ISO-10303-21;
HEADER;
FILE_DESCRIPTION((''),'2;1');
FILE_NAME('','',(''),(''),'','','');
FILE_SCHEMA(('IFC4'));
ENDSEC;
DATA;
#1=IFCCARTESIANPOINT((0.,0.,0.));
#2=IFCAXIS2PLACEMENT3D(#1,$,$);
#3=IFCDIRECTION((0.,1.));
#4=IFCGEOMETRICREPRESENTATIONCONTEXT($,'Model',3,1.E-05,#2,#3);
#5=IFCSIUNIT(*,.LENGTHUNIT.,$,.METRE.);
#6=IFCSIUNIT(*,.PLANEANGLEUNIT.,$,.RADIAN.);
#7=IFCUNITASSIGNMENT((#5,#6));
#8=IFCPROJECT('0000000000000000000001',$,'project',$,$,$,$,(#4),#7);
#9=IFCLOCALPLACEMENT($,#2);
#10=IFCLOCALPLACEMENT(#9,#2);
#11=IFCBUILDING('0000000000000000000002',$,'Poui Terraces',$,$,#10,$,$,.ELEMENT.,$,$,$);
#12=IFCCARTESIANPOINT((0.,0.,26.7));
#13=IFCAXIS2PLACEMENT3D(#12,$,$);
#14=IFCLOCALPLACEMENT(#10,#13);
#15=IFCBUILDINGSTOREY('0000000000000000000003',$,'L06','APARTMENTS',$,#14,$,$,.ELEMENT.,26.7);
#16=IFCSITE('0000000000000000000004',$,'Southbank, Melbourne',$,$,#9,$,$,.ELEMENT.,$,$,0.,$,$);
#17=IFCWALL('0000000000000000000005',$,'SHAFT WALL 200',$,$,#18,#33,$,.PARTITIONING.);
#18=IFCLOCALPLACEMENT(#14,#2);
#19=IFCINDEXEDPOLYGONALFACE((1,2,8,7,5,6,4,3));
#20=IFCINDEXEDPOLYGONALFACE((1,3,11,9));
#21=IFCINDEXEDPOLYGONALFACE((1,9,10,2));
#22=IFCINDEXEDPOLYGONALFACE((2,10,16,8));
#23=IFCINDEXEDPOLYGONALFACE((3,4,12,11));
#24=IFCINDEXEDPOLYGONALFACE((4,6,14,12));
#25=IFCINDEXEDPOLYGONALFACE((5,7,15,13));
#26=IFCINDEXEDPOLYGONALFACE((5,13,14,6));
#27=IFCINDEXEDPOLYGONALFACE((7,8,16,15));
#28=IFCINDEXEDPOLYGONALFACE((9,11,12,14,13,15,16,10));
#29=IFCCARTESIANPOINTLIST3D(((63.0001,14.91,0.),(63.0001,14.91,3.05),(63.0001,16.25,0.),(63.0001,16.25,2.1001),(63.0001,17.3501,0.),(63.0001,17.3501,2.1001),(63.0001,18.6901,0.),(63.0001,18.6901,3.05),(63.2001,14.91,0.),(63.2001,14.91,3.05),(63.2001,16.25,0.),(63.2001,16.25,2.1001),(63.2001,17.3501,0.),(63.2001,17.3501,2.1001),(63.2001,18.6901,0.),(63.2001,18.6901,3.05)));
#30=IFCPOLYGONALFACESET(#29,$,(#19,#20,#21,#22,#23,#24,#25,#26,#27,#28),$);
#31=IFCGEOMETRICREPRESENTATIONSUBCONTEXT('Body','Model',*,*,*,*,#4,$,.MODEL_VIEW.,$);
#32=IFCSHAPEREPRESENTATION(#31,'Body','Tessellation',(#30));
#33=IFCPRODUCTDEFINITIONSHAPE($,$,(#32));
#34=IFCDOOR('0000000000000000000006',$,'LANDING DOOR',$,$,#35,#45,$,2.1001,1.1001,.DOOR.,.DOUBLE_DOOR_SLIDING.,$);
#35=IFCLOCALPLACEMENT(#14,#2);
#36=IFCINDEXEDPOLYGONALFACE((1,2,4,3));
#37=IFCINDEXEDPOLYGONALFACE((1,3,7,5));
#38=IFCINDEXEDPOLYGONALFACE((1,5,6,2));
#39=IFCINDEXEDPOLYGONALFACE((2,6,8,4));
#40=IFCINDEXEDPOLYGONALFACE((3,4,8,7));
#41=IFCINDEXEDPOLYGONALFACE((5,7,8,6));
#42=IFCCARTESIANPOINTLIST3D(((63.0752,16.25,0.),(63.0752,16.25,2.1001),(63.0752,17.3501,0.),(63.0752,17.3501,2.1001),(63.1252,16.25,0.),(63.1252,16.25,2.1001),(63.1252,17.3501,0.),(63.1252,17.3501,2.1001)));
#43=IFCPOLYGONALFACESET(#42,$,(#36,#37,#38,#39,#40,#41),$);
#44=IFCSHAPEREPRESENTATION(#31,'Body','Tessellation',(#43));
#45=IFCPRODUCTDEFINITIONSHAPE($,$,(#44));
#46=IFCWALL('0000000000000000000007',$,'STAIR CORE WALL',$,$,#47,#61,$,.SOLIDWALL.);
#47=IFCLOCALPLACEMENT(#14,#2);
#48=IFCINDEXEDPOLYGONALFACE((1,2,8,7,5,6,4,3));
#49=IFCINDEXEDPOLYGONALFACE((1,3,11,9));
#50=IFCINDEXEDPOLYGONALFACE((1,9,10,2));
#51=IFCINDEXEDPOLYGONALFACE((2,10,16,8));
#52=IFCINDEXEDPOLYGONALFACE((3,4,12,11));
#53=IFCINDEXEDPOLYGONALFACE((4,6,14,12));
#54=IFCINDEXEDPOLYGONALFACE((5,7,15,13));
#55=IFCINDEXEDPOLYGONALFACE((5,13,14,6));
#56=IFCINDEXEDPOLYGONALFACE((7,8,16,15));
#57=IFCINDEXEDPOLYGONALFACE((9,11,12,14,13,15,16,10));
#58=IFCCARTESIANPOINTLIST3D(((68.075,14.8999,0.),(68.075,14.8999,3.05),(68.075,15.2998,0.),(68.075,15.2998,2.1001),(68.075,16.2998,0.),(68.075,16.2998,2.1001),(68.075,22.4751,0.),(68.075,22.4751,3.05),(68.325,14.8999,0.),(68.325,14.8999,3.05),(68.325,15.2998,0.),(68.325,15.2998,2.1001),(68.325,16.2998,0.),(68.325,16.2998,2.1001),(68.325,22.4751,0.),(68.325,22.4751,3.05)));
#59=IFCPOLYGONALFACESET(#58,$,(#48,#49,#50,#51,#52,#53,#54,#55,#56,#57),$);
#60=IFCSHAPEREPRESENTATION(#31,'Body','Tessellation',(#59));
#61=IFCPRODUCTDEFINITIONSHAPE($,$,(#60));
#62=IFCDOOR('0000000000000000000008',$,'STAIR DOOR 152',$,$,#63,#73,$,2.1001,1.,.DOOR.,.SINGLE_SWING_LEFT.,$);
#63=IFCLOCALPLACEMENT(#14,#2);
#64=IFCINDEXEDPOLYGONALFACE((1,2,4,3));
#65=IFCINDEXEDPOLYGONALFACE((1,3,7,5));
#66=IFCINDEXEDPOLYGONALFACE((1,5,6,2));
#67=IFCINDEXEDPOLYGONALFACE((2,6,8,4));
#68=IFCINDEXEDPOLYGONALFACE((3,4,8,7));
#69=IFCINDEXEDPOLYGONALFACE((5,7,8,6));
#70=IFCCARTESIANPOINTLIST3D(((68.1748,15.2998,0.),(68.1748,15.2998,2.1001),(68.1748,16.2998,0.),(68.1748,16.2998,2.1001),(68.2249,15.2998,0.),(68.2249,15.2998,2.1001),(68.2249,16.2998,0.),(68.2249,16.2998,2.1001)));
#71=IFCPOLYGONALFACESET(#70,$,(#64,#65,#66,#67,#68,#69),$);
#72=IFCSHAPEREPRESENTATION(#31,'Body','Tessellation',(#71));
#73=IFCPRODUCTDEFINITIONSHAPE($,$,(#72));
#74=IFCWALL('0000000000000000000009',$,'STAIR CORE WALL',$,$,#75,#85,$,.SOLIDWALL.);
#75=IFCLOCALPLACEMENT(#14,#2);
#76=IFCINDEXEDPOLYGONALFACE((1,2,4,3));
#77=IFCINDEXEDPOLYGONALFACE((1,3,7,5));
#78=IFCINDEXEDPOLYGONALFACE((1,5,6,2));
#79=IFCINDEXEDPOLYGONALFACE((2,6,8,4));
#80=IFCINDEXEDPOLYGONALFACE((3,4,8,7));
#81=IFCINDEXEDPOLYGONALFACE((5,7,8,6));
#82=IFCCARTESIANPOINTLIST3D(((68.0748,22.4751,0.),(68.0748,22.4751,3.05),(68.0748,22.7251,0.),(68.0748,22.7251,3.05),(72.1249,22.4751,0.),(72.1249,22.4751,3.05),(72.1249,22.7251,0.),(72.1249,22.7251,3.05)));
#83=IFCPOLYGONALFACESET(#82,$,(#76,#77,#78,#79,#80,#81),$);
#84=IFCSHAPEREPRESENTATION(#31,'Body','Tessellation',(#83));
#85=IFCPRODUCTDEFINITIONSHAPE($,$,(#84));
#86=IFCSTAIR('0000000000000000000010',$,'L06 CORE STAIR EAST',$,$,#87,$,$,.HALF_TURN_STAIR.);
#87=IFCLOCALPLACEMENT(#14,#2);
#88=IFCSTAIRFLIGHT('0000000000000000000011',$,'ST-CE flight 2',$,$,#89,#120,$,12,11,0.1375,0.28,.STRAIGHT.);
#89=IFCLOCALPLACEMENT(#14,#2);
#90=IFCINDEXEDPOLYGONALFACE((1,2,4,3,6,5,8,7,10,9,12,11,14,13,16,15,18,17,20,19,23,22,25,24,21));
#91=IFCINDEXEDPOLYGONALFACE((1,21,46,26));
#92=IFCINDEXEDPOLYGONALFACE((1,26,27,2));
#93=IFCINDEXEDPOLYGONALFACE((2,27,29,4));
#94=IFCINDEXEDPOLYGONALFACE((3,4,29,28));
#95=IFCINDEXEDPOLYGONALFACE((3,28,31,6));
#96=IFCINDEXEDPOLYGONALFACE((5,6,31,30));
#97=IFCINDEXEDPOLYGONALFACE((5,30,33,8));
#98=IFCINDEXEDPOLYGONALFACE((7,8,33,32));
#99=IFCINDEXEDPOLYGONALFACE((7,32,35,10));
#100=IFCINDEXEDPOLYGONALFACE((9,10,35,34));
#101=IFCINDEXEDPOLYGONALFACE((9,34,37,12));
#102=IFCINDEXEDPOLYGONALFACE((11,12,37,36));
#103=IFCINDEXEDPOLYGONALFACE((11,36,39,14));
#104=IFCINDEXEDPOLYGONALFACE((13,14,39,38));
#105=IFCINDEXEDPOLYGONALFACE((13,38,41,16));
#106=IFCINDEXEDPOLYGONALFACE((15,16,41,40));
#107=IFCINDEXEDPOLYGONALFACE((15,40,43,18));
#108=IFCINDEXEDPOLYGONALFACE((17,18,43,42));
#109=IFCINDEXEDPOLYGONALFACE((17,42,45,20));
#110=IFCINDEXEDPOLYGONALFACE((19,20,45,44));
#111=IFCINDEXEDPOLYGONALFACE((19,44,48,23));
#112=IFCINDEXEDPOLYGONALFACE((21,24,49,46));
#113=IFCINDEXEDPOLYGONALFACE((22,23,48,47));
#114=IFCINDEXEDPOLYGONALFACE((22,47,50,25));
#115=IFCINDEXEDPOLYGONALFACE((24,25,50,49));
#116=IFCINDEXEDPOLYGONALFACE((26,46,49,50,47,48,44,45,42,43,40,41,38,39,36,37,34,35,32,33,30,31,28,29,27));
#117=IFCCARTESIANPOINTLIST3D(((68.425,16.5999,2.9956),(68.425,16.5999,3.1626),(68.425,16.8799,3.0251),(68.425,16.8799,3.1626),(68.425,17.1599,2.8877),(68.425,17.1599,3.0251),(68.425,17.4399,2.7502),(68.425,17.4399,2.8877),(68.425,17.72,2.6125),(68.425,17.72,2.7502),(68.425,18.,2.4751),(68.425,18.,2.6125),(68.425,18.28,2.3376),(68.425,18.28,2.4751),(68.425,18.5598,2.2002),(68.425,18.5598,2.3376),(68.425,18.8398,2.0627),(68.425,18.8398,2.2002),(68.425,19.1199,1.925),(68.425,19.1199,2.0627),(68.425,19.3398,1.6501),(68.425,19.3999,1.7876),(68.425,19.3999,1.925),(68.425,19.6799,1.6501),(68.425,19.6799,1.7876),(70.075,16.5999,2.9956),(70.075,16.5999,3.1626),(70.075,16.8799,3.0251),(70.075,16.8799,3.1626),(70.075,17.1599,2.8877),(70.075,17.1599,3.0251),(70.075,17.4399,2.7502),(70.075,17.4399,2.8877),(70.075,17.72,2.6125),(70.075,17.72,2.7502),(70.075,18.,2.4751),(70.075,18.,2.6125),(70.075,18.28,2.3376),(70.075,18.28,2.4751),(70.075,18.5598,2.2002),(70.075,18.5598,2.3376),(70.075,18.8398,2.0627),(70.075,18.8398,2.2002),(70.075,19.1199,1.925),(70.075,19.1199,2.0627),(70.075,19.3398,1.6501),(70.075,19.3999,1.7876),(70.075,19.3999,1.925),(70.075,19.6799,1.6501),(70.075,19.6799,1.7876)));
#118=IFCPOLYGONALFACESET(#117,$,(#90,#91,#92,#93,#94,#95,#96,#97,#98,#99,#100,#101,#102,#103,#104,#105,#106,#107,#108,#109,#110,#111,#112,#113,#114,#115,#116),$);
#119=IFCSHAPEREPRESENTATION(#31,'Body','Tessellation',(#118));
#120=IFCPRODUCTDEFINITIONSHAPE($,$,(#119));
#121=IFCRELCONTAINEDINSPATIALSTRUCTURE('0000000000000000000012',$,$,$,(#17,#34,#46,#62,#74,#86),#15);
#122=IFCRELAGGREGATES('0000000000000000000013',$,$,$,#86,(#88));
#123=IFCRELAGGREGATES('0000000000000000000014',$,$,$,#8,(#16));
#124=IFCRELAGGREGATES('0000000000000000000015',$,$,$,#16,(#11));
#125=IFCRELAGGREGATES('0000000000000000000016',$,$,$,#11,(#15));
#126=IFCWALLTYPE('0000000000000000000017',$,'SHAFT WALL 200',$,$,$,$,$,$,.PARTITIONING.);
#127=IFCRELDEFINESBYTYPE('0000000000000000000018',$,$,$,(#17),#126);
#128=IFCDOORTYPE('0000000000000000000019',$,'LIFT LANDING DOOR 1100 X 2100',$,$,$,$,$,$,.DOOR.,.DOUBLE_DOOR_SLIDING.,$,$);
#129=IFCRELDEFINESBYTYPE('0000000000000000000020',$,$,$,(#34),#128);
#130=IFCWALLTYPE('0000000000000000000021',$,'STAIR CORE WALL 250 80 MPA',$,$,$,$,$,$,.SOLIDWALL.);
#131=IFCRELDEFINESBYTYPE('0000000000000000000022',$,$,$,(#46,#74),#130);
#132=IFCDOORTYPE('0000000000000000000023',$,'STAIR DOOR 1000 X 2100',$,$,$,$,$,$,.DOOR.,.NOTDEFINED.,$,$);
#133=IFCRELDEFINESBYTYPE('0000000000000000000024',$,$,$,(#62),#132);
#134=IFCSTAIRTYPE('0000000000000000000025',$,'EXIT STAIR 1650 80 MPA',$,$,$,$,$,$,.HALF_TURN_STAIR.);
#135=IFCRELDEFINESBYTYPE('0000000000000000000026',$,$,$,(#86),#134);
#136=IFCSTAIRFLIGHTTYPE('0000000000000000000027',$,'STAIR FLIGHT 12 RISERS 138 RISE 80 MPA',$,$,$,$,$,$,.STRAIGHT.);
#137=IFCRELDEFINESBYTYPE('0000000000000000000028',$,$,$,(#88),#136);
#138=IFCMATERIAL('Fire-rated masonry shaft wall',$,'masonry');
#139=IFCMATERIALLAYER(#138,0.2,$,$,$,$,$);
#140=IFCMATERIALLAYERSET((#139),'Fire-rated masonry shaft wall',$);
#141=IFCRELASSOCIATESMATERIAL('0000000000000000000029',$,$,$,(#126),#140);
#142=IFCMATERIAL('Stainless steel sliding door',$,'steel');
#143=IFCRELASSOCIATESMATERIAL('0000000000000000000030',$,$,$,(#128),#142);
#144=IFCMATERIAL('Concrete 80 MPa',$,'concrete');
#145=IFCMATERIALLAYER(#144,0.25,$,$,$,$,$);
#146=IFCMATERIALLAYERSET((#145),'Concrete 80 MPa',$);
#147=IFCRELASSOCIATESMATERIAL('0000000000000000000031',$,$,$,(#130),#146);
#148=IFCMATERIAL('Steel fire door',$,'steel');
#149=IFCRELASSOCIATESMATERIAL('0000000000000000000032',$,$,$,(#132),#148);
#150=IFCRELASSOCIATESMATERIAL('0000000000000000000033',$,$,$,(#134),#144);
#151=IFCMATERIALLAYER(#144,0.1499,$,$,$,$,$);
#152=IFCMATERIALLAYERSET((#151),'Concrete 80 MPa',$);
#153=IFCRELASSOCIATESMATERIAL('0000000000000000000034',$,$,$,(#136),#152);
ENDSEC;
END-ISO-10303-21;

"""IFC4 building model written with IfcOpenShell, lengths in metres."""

from ifc_helpers import new_model, si_unit, direction, frame, frame_2d, origin, place, context, subcontext, project, spatial, polyline, rectangle, outline, extrude, material, layer, layer_set, type_object, element, fill, aggregate, save


model = new_model("IFC4")

# Units and contexts
model_context = context("Model", 3, precision=1e-05, world=origin(), true_north=direction((0.0, 1.0)))
body_context = subcontext(model_context, "Body", "Model", "MODEL_VIEW")
ifc_project = project(units=[si_unit("LENGTHUNIT", "METRE"), si_unit("PLANEANGLEUNIT", "RADIAN")], contexts=[model_context])

# Site, building, storey
site_placement = place(None, origin())
site = spatial("IfcSite", under=ifc_project, at=site_placement, Name="Southbank, Melbourne", CompositionType="ELEMENT", RefElevation=0.0)
building_placement = place(site_placement, origin())
building = spatial("IfcBuilding", under=site, at=building_placement, Name="Poui Terraces", CompositionType="ELEMENT")
storey_placement = place(building_placement, frame((0.0, 0.0, 26.7)))
storey = spatial("IfcBuildingStorey", under=building, at=storey_placement, Name="L06", Description="APARTMENTS", CompositionType="ELEMENT", Elevation=26.7)

# Shared definitions
ifc_material_1 = material(Name="Concrete 80 MPa", Category="concrete")

# Shared definitions
ifc_material_2 = material(Name="Steel fire door", Category="steel")

# Shared definitions
ifc_material_3 = material(Name="Fire-rated masonry shaft wall", Category="masonry")
ifc_layer_1 = layer(ifc_material_3, 0.2)
ifc_layer_set_1 = layer_set([ifc_layer_1], Name="Fire-rated masonry shaft wall")
wall_type_1 = type_object("IfcWallType", Name="SHAFT WALL 200", PredefinedType="PARTITIONING", material=ifc_layer_set_1)

# Walls, openings, doors
wall_1_placement = place(storey_placement, frame((63.1001, 14.9099, 0.0), z_axis=(0.0, 0.0, 1.0), x_axis=(0.0, 1.0, 0.0)))
wall_1 = element("IfcWall", 1, at=wall_1_placement, inside=storey, type_object=wall_type_1, Name="SHAFT WALL 200", PredefinedType="PARTITIONING", context=body_context, shape_type="SweptSolid", body=[
    extrude(rectangle(XDim=3.78, YDim=0.2, at=frame_2d((1.8901, 0.0))), origin(), (0.0, 0.0, 1.0), 3.05),
])
opening_1_placement = place(wall_1_placement, frame((1.3401, 0.0, 0.0)))
opening_1 = element("IfcOpeningElement", 2, at=opening_1_placement, cuts=wall_1, PredefinedType="OPENING", context=body_context, shape_type="SweptSolid", body=[
    extrude(rectangle(XDim=1.1001, YDim=2.1001, at=frame_2d((0.55, 1.05))), frame((0.0, 0.1099, 0.0), z_axis=(0.0, -1.0, 0.0), x_axis=(1.0, 0.0, 0.0)), (0.0, 0.0, 1.0), 0.22),
])
ifc_material_4 = material(Name="Stainless steel sliding door", Category="steel")
door_type_1 = type_object("IfcDoorType", Name="LIFT LANDING DOOR 1100 X 2100", OperationType="DOUBLE_DOOR_SLIDING", PredefinedType="DOOR", material=ifc_material_4)
door_1_placement = place(opening_1_placement, origin())
door_1 = element("IfcDoor", 3, at=door_1_placement, inside=storey, type_object=door_type_1, Name="LANDING DOOR", OperationType="DOUBLE_DOOR_SLIDING", OverallHeight=2.1001, OverallWidth=1.1001, PredefinedType="DOOR", context=body_context, shape_type="SweptSolid", body=[
    extrude(rectangle(XDim=1.1001, YDim=2.1001, at=frame_2d((0.55, 1.05))), frame((0.0, 0.0249, 0.0), z_axis=(0.0, -1.0, 0.0), x_axis=(1.0, 0.0, 0.0)), (0.0, 0.0, 1.0), 0.05),
])
fill(opening_1, door_1)
ifc_layer_2 = layer(ifc_material_1, 0.25)
ifc_layer_set_2 = layer_set([ifc_layer_2], Name="Concrete 80 MPa")
wall_type_2 = type_object("IfcWallType", Name="STAIR CORE WALL 250 80 MPA", PredefinedType="SOLIDWALL", material=ifc_layer_set_2)
wall_2_placement = place(storey_placement, frame((68.2, 14.8999, 0.0), z_axis=(0.0, 0.0, 1.0), x_axis=(0.0, 1.0, 0.0)))
wall_2 = element("IfcWall", 4, at=wall_2_placement, inside=storey, type_object=wall_type_2, Name="STAIR CORE WALL", PredefinedType="SOLIDWALL", context=body_context, shape_type="SweptSolid", body=[
    extrude(rectangle(XDim=7.5752, YDim=0.25, at=frame_2d((3.7876, 0.0))), origin(), (0.0, 0.0, 1.0), 3.05),
])
opening_2_placement = place(wall_2_placement, frame((0.3999, 0.0, 0.0)))
opening_2 = element("IfcOpeningElement", 5, at=opening_2_placement, cuts=wall_2, PredefinedType="OPENING", context=body_context, shape_type="SweptSolid", body=[
    extrude(rectangle(XDim=1.0, YDim=2.1001, at=frame_2d((0.5, 1.05))), frame((0.0, 0.135, 0.0), z_axis=(0.0, -1.0, 0.0), x_axis=(1.0, 0.0, 0.0)), (0.0, 0.0, 1.0), 0.27),
])
door_type_2 = type_object("IfcDoorType", Name="STAIR DOOR 1000 X 2100", OperationType="NOTDEFINED", PredefinedType="DOOR", material=ifc_material_2)
door_2_placement = place(opening_2_placement, frame((1.0, 0.0, 0.0), z_axis=(0.0, 0.0, 1.0), x_axis=(-1.0, 0.0, 0.0)))
door_2 = element("IfcDoor", 6, at=door_2_placement, inside=storey, type_object=door_type_2, Name="STAIR DOOR 152", OperationType="SINGLE_SWING_LEFT", OverallHeight=2.1001, OverallWidth=1.0, PredefinedType="DOOR", context=body_context, shape_type="SweptSolid", body=[
    extrude(rectangle(XDim=1.0, YDim=2.1001, at=frame_2d((0.5, 1.05))), frame((0.0, 0.0249, 0.0), z_axis=(0.0, -1.0, 0.0), x_axis=(1.0, 0.0, 0.0)), (0.0, 0.0, 1.0), 0.05),
])
fill(opening_2, door_2)

# Wall
wall_3_placement = place(storey_placement, frame((68.075, 22.6001, 0.0), z_axis=(0.0, 0.0, 1.0), x_axis=(1.0, 0.0, 0.0)))
element("IfcWall", 7, at=wall_3_placement, inside=storey, type_object=wall_type_2, Name="STAIR CORE WALL", PredefinedType="SOLIDWALL", context=body_context, shape_type="SweptSolid", body=[
    extrude(rectangle(XDim=4.05, YDim=0.25, at=frame_2d((2.0249, 0.0))), origin(), (0.0, 0.0, 1.0), 3.05),
])

# Stair, stair flight
stair_type = type_object("IfcStairType", Name="EXIT STAIR 1650 80 MPA", PredefinedType="HALF_TURN_STAIR", material=ifc_material_1)
stair_placement = place(storey_placement, origin())
stair = element("IfcStair", 8, at=stair_placement, inside=storey, type_object=stair_type, Name="L06 CORE STAIR EAST", PredefinedType="HALF_TURN_STAIR")
ifc_layer_3 = layer(ifc_material_1, 0.1499)
ifc_layer_set_3 = layer_set([ifc_layer_3], Name="Concrete 80 MPa")
stair_flight_type = type_object("IfcStairFlightType", Name="STAIR FLIGHT 12 RISERS 138 RISE 80 MPA", PredefinedType="STRAIGHT", material=ifc_layer_set_3)
stair_flight_placement = place(storey_placement, frame((69.25, 19.6799, 1.6501), z_axis=(0.0, 0.0, 1.0), x_axis=(0.0, -1.0, 0.0)))
stair_flight = element("IfcStairFlight", 9, at=stair_flight_placement, type_object=stair_flight_type, Name="ST-CE flight 2", NumberOfRisers=12, NumberOfTreads=11, PredefinedType="STRAIGHT", RiserHeight=0.1375, TreadLength=0.28, context=body_context, shape_type="SweptSolid", body=[
    extrude(outline(polyline([(0.0, 0.0), (0.0, 0.1375), (0.28, 0.1375), (0.28, 0.2749), (0.5601, 0.2749), (0.5601, 0.4126), (0.8401, 0.4126), (0.8401, 0.55), (1.1201, 0.55), (1.1201, 0.6875), (1.3999, 0.6875), (1.3999, 0.825), (1.6799, 0.825), (1.6799, 0.9624), (1.96, 0.9624), (1.96, 1.1001), (2.24, 1.1001), (2.24, 1.2375), (2.52, 1.2375), (2.52, 1.375), (2.8, 1.375), (2.8, 1.5125), (3.0801, 1.5125), (3.0801, 1.6499), (3.0801, 1.3455), (0.3401, 0.0), (0.0, 0.0)])), frame((0.0, 0.825, 0.0), z_axis=(0.0, -1.0, 0.0), x_axis=(1.0, 0.0, 0.0)), (0.0, 0.0, 1.0), 1.6499),
])
aggregate(stair, [stair_flight])

save(model, "model.ifc")
